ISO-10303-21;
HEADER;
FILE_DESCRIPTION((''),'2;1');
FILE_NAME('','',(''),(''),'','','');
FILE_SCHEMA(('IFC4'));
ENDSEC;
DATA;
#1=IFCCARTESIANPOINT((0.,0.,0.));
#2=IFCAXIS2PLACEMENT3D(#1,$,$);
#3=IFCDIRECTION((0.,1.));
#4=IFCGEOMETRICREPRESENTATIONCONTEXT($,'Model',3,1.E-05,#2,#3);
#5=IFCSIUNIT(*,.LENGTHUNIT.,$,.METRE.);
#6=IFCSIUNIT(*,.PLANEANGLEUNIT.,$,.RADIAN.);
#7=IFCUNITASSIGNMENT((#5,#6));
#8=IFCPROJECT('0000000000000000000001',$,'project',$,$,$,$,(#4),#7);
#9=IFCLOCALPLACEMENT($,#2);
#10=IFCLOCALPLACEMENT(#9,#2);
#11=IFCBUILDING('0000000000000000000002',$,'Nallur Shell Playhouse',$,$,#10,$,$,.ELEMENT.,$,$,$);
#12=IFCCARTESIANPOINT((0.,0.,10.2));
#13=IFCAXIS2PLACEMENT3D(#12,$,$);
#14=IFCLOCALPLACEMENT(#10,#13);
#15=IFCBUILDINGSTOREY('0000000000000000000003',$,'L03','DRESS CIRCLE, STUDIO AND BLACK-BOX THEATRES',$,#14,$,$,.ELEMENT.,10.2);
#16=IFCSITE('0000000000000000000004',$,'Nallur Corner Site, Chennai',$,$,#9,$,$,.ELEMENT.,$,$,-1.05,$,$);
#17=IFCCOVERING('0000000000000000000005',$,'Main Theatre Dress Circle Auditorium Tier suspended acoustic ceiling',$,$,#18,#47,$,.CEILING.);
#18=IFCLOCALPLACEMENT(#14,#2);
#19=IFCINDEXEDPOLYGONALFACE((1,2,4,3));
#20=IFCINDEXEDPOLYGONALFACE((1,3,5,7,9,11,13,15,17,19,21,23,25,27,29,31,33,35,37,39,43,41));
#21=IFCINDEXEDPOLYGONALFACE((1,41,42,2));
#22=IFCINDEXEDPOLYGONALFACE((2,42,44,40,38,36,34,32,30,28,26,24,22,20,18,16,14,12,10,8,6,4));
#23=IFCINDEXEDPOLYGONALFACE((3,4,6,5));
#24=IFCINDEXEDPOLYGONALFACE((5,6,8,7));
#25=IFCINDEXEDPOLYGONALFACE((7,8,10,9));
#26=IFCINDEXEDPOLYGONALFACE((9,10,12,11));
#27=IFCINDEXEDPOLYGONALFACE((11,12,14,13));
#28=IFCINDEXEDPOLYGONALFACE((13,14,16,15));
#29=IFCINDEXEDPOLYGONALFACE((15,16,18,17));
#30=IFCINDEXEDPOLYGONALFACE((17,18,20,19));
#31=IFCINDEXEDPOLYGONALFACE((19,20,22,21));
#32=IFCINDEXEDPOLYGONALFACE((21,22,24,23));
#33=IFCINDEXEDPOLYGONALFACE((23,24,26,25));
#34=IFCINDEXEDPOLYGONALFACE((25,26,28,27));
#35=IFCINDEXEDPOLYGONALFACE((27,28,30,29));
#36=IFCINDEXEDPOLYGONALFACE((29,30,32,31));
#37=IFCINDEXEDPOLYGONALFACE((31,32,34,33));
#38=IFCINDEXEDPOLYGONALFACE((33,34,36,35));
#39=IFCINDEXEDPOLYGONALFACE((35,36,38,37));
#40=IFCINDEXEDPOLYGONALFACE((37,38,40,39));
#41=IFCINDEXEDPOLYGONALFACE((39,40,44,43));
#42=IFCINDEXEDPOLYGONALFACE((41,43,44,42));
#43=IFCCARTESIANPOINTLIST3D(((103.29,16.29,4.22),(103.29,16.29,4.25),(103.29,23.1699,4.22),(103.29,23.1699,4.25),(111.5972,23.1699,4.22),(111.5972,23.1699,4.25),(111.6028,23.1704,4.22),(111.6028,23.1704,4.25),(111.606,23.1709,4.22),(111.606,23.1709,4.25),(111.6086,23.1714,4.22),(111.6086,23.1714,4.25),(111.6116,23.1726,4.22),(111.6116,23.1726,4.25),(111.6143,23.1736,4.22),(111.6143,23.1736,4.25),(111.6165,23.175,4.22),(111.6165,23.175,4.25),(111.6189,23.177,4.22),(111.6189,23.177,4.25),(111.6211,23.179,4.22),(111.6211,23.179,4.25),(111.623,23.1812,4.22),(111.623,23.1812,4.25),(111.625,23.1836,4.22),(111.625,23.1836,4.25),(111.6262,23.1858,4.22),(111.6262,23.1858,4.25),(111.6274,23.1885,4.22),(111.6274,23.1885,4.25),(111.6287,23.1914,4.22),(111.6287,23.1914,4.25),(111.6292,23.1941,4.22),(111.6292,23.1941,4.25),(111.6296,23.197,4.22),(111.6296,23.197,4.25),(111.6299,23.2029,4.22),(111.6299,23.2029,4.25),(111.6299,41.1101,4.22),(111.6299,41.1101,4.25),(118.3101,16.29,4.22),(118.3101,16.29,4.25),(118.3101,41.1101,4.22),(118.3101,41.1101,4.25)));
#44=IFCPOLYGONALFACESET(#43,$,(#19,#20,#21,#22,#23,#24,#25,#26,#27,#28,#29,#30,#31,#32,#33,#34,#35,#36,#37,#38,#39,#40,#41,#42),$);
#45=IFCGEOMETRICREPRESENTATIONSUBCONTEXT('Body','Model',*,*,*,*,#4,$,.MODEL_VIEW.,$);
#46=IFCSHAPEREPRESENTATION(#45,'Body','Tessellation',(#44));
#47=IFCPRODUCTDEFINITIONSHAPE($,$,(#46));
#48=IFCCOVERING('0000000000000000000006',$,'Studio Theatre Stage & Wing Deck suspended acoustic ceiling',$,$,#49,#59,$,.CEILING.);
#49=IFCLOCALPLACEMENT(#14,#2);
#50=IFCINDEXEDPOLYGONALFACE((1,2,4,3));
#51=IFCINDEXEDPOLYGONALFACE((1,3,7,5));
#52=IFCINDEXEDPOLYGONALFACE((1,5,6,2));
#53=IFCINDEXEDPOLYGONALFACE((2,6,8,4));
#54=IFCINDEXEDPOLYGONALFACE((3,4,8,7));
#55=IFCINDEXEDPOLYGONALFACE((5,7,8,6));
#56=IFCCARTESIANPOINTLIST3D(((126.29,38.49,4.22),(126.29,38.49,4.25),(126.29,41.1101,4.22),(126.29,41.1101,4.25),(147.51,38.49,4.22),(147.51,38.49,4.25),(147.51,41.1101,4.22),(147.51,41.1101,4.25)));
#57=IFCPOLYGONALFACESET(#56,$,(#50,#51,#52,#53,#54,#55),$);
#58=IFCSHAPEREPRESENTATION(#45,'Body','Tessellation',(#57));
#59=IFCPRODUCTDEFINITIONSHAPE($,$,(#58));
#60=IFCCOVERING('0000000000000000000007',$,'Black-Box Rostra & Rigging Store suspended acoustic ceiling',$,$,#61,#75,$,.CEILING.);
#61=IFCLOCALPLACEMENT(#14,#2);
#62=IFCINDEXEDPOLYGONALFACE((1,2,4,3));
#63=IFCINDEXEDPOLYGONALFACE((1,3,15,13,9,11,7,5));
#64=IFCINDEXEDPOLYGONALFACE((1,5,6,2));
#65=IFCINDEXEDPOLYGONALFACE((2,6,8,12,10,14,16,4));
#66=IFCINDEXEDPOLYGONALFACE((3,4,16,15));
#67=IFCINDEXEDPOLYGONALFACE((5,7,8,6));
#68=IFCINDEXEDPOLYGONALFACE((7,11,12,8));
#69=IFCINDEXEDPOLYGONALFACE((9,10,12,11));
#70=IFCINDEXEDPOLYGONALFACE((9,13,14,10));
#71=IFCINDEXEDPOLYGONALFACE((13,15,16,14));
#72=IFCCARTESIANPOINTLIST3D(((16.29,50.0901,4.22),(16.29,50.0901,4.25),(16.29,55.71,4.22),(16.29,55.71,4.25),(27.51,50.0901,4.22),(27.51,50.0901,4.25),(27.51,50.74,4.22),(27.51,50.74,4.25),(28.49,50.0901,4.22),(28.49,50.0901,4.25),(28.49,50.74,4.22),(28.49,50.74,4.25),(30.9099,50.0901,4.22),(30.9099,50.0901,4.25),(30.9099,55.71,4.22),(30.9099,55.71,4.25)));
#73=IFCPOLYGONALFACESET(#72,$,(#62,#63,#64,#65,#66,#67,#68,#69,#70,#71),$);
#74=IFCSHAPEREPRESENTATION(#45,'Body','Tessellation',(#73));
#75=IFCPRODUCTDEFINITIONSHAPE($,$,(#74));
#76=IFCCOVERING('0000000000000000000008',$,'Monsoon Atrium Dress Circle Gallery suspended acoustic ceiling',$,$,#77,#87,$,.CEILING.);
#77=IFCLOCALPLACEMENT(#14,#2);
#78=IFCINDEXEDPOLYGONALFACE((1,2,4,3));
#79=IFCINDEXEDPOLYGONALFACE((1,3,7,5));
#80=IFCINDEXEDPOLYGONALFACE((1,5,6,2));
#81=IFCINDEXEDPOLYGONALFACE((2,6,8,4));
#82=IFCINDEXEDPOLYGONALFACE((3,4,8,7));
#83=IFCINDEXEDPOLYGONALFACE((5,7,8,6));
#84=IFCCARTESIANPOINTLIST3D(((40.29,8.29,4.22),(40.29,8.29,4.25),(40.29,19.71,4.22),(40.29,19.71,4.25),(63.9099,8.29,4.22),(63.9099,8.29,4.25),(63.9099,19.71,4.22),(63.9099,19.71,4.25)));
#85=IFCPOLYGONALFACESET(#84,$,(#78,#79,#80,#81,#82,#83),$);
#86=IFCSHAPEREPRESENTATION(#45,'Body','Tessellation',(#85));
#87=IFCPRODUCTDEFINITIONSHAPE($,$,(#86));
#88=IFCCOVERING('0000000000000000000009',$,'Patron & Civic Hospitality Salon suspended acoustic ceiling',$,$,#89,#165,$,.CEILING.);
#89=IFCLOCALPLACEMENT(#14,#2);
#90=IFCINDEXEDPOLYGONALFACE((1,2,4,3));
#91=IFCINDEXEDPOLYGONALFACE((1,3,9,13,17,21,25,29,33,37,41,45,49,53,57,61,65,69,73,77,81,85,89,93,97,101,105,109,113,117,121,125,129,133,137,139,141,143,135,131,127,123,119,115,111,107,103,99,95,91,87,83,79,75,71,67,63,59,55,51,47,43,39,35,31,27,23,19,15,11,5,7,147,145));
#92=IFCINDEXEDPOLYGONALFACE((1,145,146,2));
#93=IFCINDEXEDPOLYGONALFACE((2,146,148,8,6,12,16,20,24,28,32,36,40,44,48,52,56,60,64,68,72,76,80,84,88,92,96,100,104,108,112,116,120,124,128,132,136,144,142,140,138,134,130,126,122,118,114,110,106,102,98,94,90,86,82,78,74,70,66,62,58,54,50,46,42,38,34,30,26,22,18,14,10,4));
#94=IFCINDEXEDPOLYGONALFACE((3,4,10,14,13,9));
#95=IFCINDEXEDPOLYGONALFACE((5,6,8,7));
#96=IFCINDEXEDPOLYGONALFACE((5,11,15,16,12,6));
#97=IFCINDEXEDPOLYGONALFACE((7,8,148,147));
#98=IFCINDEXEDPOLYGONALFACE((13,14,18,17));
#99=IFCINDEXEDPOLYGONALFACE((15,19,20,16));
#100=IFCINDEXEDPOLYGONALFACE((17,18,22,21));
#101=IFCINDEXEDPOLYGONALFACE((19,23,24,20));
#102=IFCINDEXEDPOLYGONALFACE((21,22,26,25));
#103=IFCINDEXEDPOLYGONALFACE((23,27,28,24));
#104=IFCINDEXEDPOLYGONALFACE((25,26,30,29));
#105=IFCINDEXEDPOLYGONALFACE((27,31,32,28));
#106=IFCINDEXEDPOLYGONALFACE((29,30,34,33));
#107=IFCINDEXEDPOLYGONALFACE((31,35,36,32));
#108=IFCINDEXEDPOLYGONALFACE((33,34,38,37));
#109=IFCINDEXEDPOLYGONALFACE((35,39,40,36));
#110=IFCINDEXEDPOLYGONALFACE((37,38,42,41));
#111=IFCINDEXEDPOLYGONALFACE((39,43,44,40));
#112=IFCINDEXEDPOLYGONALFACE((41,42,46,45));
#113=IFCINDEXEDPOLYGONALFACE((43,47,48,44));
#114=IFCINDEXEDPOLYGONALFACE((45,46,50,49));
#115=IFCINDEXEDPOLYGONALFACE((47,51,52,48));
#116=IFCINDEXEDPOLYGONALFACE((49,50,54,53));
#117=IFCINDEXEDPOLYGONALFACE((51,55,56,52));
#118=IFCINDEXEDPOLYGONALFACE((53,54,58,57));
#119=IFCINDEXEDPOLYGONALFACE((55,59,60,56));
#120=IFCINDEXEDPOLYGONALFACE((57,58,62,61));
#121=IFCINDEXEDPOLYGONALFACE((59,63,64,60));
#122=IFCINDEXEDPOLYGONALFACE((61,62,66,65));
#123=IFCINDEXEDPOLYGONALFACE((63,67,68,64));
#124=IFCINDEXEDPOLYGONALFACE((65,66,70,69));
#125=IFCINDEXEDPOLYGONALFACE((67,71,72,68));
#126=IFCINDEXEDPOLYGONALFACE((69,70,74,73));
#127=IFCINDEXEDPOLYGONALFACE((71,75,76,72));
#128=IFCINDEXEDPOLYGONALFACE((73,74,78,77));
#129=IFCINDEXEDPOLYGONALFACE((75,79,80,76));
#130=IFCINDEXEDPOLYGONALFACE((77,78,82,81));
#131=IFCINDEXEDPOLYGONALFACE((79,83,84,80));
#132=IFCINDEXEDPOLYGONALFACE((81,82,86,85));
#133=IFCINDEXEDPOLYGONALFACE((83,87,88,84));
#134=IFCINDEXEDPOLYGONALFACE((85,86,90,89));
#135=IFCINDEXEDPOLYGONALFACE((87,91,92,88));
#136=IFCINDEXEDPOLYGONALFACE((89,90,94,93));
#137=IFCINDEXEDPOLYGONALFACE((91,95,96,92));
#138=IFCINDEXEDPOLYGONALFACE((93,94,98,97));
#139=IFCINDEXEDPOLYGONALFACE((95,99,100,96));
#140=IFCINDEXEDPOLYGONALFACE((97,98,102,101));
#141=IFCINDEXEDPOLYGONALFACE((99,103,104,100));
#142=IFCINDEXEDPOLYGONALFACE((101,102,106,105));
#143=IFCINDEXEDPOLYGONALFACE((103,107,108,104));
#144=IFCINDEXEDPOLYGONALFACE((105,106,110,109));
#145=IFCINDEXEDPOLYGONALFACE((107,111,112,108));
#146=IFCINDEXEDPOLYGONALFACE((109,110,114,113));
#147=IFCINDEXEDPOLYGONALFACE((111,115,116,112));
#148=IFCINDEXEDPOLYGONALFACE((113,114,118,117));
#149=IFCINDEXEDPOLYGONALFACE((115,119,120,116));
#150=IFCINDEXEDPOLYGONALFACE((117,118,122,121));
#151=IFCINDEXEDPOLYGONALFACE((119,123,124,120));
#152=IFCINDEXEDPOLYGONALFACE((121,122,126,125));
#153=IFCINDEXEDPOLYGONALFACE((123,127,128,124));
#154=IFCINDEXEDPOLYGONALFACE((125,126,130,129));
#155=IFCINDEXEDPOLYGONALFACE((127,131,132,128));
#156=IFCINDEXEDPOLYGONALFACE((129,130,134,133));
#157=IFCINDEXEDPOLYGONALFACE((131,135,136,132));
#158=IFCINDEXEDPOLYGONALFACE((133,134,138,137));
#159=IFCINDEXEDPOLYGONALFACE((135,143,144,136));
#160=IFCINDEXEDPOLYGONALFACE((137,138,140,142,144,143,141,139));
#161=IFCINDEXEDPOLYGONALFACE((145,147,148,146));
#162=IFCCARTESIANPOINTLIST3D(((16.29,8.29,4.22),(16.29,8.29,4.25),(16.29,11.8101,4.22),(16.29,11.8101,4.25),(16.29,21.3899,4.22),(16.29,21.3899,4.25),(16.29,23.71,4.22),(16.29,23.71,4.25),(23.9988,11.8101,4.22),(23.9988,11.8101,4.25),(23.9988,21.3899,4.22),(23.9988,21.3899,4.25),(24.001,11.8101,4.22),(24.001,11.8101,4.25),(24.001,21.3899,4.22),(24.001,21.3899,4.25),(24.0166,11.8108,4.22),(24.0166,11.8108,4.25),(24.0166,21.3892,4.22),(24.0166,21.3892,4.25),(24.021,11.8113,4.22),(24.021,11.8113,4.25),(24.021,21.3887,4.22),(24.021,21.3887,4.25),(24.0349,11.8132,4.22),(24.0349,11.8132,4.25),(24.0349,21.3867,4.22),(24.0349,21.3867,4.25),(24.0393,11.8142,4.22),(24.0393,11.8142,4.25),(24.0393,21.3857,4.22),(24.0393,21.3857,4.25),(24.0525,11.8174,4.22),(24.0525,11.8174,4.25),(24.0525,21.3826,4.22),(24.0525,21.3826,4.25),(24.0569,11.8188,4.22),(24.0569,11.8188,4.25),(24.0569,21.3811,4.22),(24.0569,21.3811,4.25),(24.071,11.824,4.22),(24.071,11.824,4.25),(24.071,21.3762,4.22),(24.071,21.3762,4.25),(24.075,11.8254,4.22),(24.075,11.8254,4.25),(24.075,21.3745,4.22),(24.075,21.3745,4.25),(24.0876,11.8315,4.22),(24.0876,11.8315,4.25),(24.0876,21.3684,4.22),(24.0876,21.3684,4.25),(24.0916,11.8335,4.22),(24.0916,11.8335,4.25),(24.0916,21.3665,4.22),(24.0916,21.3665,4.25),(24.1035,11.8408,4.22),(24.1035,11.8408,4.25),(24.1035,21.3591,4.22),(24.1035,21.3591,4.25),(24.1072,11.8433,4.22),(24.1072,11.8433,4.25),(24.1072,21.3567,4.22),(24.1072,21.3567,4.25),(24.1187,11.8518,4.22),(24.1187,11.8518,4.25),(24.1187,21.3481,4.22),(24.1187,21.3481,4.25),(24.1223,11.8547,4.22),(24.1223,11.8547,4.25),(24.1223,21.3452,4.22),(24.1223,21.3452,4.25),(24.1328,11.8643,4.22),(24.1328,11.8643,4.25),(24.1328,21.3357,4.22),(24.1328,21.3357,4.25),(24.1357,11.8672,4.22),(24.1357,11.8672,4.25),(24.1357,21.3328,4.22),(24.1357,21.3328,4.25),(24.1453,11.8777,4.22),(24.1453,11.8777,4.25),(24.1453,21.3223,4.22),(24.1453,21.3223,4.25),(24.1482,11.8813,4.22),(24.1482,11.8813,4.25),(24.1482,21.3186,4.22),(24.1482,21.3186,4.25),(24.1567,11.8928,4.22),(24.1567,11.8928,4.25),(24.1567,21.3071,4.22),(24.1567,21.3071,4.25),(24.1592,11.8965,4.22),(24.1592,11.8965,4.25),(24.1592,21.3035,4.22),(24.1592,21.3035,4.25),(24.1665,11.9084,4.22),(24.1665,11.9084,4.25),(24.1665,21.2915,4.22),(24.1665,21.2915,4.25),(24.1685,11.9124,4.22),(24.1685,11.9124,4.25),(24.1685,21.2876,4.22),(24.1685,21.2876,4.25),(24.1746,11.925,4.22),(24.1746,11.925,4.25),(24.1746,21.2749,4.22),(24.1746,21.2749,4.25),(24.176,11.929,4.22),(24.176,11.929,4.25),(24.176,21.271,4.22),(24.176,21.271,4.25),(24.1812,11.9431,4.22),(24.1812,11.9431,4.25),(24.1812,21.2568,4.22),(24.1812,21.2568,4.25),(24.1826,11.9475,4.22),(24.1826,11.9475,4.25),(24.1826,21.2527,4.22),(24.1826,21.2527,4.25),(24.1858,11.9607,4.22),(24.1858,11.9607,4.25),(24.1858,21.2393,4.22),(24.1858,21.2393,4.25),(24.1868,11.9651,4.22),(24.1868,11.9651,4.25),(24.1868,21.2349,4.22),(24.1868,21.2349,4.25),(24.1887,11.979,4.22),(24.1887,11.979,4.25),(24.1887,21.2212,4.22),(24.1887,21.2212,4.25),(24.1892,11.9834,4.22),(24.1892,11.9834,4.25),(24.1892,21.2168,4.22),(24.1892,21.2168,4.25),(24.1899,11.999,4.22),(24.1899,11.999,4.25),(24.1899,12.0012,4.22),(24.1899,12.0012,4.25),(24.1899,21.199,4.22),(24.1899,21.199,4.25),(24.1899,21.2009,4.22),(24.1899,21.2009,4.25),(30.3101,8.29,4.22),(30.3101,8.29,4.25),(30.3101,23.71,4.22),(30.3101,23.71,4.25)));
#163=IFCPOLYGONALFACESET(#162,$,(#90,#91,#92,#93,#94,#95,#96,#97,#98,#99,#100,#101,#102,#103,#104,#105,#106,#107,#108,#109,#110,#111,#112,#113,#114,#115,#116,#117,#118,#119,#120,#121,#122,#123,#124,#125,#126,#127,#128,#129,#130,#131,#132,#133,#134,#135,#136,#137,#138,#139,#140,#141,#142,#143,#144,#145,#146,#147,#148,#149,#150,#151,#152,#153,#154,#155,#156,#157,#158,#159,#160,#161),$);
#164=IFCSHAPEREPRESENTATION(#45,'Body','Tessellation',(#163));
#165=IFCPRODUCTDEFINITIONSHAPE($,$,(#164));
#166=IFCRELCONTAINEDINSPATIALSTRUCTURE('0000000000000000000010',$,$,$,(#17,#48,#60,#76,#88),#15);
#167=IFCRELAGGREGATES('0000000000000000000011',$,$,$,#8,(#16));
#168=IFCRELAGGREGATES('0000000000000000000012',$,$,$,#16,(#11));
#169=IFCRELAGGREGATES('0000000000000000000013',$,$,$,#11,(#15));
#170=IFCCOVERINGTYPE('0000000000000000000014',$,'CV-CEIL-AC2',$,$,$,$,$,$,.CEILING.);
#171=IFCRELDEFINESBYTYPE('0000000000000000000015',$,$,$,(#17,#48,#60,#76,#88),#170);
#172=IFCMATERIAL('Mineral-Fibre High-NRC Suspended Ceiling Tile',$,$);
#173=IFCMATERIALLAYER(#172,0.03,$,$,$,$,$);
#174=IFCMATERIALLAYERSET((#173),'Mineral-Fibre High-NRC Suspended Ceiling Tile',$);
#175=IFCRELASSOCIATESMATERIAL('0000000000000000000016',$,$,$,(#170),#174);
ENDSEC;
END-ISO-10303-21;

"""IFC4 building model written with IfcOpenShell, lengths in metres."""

from ifc_helpers import new_model, si_unit, direction, frame, origin, place, context, subcontext, project, spatial, polyline, outline, extrude, material, layer, layer_set, type_object, element, save


model = new_model("IFC4")

# Units and contexts
model_context = context("Model", 3, precision=1e-05, world=origin(), true_north=direction((0.0, 1.0)))
body_context = subcontext(model_context, "Body", "Model", "MODEL_VIEW")
ifc_project = project(units=[si_unit("LENGTHUNIT", "METRE"), si_unit("PLANEANGLEUNIT", "RADIAN")], contexts=[model_context])

# Site, building, storey
site_placement = place(None, origin())
site = spatial("IfcSite", under=ifc_project, at=site_placement, Name="Nallur Corner Site, Chennai", CompositionType="ELEMENT", RefElevation=-1.05)
building_placement = place(site_placement, origin())
building = spatial("IfcBuilding", under=site, at=building_placement, Name="Nallur Shell Playhouse", CompositionType="ELEMENT")
storey_placement = place(building_placement, frame((0.0, 0.0, 10.2)))
storey = spatial("IfcBuildingStorey", under=building, at=storey_placement, Name="L03", Description="DRESS CIRCLE, STUDIO AND BLACK-BOX THEATRES", CompositionType="ELEMENT", Elevation=10.2)

# Coverings
ifc_material_1 = material(Name="Mineral-Fibre High-NRC Suspended Ceiling Tile")
ifc_layer_1 = layer(ifc_material_1, 0.03)
ifc_layer_set_1 = layer_set([ifc_layer_1], Name="Mineral-Fibre High-NRC Suspended Ceiling Tile")
covering_type_1 = type_object("IfcCoveringType", Name="CV-CEIL-AC2", PredefinedType="CEILING", material=ifc_layer_set_1)
covering_1_placement = place(storey_placement, frame((0.0, 0.0, 4.22)))
element("IfcCovering", 1, at=covering_1_placement, inside=storey, type_object=covering_type_1, Name="Main Theatre Dress Circle Auditorium Tier suspended acoustic ceiling", PredefinedType="CEILING", context=body_context, shape_type="SweptSolid", body=[
    extrude(outline(polyline([(111.6165, 23.175), (111.6189, 23.177), (111.6211, 23.179), (111.623, 23.1812), (111.625, 23.1836), (111.6262, 23.1858), (111.6274, 23.1885), (111.6287, 23.1914), (111.6292, 23.1941), (111.6296, 23.197), (111.6299, 23.2029), (111.6299, 41.1101), (118.3101, 41.1101), (118.3101, 16.29), (103.29, 16.29), (103.29, 23.1699), (111.5972, 23.1699), (111.6028, 23.1704), (111.606, 23.1709), (111.6086, 23.1714), (111.6116, 23.1726), (111.6143, 23.1736), (111.6165, 23.175)])), origin(), (0.0, 0.0, 1.0), 0.03),
])
covering_2_placement = place(storey_placement, frame((0.0, 0.0, 4.22)))
element("IfcCovering", 2, at=covering_2_placement, inside=storey, type_object=covering_type_1, Name="Studio Theatre Stage & Wing Deck suspended acoustic ceiling", PredefinedType="CEILING", context=body_context, shape_type="SweptSolid", body=[
    extrude(outline(polyline([(147.51, 41.1101), (147.51, 38.49), (126.29, 38.49), (126.29, 41.1101), (147.51, 41.1101)])), origin(), (0.0, 0.0, 1.0), 0.03),
])
covering_3_placement = place(storey_placement, frame((0.0, 0.0, 4.22)))
element("IfcCovering", 3, at=covering_3_placement, inside=storey, type_object=covering_type_1, Name="Black-Box Rostra & Rigging Store suspended acoustic ceiling", PredefinedType="CEILING", context=body_context, shape_type="SweptSolid", body=[
    extrude(outline(polyline([(30.9099, 55.71), (30.9099, 50.0901), (28.49, 50.0901), (28.49, 50.74), (27.51, 50.74), (27.51, 50.0901), (16.29, 50.0901), (16.29, 55.71), (30.9099, 55.71)])), origin(), (0.0, 0.0, 1.0), 0.03),
])
covering_4_placement = place(storey_placement, frame((0.0, 0.0, 4.22)))
element("IfcCovering", 4, at=covering_4_placement, inside=storey, type_object=covering_type_1, Name="Monsoon Atrium Dress Circle Gallery suspended acoustic ceiling", PredefinedType="CEILING", context=body_context, shape_type="SweptSolid", body=[
    extrude(outline(polyline([(63.9099, 19.71), (63.9099, 8.29), (40.29, 8.29), (40.29, 19.71), (63.9099, 19.71)])), origin(), (0.0, 0.0, 1.0), 0.03),
])
covering_5_placement = place(storey_placement, frame((0.0, 0.0, 4.22)))
element("IfcCovering", 5, at=covering_5_placement, inside=storey, type_object=covering_type_1, Name="Patron & Civic Hospitality Salon suspended acoustic ceiling", PredefinedType="CEILING", context=body_context, shape_type="SweptSolid", body=[
    extrude(outline(polyline([(24.0393, 11.8142), (24.0525, 11.8174), (24.0569, 11.8188), (24.071, 11.824), (24.075, 11.8254), (24.0876, 11.8315), (24.0916, 11.8335), (24.1035, 11.8408), (24.1072, 11.8433), (24.1187, 11.8518), (24.1223, 11.8547), (24.1328, 11.8643), (24.1357, 11.8672), (24.1453, 11.8777), (24.1482, 11.8813), (24.1567, 11.8928), (24.1592, 11.8965), (24.1665, 11.9084), (24.1685, 11.9124), (24.1746, 11.925), (24.176, 11.929), (24.1812, 11.9431), (24.1826, 11.9475), (24.1858, 11.9607), (24.1868, 11.9651), (24.1887, 11.979), (24.1892, 11.9834), (24.1899, 11.999), (24.1899, 12.0012), (24.1899, 21.199), (24.1899, 21.2009), (24.1892, 21.2168), (24.1887, 21.2212), (24.1868, 21.2349), (24.1858, 21.2393), (24.1826, 21.2527), (24.1812, 21.2568), (24.176, 21.271), (24.1746, 21.2749), (24.1685, 21.2876), (24.1665, 21.2915), (24.1592, 21.3035), (24.1567, 21.3071), (24.1482, 21.3186), (24.1453, 21.3223), (24.1357, 21.3328), (24.1328, 21.3357), (24.1223, 21.3452), (24.1187, 21.3481), (24.1072, 21.3567), (24.1035, 21.3591), (24.0916, 21.3665), (24.0876, 21.3684), (24.075, 21.3745), (24.071, 21.3762), (24.0569, 21.3811), (24.0525, 21.3826), (24.0393, 21.3857), (24.0349, 21.3867), (24.021, 21.3887), (24.0166, 21.3892), (24.001, 21.3899), (23.9988, 21.3899), (16.29, 21.3899), (16.29, 23.71), (30.3101, 23.71), (30.3101, 8.29), (16.29, 8.29), (16.29, 11.8101), (23.9988, 11.8101), (24.001, 11.8101), (24.0166, 11.8108), (24.021, 11.8113), (24.0349, 11.8132), (24.0393, 11.8142)])), origin(), (0.0, 0.0, 1.0), 0.03),
])

save(model, "model.ifc")
